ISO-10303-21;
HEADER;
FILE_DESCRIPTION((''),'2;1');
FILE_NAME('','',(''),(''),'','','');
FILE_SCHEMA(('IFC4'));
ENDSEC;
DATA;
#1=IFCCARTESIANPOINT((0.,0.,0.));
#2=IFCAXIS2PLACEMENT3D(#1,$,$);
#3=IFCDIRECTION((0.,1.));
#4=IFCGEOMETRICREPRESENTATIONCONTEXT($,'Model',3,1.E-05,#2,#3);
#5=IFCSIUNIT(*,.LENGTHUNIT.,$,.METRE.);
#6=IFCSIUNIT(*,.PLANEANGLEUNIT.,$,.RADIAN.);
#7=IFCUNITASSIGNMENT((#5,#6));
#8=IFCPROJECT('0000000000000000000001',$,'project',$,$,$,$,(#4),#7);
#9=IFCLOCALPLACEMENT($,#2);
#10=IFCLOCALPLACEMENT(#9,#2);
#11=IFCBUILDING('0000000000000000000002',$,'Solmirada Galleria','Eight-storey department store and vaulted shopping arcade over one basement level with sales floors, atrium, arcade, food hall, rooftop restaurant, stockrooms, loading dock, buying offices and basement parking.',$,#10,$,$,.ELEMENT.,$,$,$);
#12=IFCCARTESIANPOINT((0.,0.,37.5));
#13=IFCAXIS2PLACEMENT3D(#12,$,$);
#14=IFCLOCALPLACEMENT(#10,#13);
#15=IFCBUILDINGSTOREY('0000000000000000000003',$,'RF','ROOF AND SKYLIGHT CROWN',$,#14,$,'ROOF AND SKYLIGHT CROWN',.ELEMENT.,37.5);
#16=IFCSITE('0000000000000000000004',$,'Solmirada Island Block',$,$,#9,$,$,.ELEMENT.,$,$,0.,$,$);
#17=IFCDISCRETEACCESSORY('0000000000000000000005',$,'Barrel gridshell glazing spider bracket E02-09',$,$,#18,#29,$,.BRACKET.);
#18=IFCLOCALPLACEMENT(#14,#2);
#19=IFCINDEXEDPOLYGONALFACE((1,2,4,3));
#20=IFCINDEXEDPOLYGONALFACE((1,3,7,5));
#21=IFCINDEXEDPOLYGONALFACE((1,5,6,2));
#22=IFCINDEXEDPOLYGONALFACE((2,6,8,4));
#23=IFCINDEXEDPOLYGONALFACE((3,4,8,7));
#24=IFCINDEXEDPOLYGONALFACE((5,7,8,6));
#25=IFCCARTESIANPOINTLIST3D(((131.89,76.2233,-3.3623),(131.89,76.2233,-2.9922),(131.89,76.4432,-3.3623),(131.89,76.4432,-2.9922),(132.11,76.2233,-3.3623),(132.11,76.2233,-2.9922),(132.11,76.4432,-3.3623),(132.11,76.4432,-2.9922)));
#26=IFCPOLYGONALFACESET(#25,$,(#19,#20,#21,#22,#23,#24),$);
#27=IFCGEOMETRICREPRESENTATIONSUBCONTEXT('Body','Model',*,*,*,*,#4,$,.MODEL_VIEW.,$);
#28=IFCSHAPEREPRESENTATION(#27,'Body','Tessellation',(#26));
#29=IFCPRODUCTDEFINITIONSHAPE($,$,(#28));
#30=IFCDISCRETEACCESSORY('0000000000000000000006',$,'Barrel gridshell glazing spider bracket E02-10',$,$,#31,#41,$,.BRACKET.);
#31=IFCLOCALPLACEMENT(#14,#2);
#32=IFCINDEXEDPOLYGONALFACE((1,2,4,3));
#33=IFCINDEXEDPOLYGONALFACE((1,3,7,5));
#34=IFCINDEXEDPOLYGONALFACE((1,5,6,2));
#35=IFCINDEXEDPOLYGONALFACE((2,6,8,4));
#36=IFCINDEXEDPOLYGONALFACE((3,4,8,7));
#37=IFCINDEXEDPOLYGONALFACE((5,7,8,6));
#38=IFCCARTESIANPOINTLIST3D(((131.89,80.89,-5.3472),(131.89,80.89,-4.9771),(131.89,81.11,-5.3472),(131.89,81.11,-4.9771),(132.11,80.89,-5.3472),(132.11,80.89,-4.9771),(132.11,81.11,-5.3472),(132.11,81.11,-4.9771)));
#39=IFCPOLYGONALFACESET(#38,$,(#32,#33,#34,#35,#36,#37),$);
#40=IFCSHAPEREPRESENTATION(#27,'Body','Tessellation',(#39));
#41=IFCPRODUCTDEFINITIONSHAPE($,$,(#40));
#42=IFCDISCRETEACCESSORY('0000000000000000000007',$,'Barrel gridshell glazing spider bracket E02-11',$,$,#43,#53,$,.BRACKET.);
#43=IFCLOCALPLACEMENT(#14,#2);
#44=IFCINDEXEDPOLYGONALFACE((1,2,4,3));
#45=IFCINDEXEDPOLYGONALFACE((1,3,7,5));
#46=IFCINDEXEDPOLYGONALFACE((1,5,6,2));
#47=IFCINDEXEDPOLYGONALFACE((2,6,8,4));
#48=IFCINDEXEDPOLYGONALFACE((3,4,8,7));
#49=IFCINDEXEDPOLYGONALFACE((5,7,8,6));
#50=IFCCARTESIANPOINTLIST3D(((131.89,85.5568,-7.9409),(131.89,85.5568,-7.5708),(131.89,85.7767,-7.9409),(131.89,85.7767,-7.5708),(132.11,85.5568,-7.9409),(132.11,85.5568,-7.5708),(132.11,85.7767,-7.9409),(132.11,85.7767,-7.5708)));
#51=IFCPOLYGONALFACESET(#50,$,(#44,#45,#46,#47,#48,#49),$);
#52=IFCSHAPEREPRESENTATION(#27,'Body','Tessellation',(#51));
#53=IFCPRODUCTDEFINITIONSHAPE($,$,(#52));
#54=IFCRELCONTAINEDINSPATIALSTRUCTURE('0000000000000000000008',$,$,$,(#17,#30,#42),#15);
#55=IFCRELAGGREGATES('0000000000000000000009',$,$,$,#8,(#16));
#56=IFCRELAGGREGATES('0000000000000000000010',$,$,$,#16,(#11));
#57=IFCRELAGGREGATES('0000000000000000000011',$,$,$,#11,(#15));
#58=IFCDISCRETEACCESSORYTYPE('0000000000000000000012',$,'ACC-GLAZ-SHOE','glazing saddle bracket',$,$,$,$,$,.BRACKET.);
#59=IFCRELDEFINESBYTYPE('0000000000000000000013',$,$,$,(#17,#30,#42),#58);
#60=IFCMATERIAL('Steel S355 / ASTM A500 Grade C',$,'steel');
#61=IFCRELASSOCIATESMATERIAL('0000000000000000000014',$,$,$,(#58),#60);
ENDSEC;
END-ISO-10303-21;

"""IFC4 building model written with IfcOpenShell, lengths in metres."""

from ifc_helpers import new_model, si_unit, direction, frame, origin, origin_2d, place, context, subcontext, project, spatial, rectangle, extrude, material, type_object, element, save


model = new_model("IFC4")

# Units and contexts
model_context = context("Model", 3, precision=1e-05, world=origin(), true_north=direction((0.0, 1.0)))
body_context = subcontext(model_context, "Body", "Model", "MODEL_VIEW")
ifc_project = project(units=[si_unit("LENGTHUNIT", "METRE"), si_unit("PLANEANGLEUNIT", "RADIAN")], contexts=[model_context])

# Site, building, storey
site_placement = place(None, origin())
site = spatial("IfcSite", under=ifc_project, at=site_placement, Name="Solmirada Island Block", CompositionType="ELEMENT", RefElevation=0.0)
building_placement = place(site_placement, origin())
building = spatial("IfcBuilding", under=site, at=building_placement, Name="Solmirada Galleria", Description="Eight-storey department store and vaulted shopping arcade over one basement level with sales floors, atrium, arcade, food hall, rooftop restaurant, stockrooms, loading dock, buying offices and basement parking.", CompositionType="ELEMENT")
storey_placement = place(building_placement, frame((0.0, 0.0, 37.5)))
storey = spatial("IfcBuildingStorey", under=building, at=storey_placement, Name="RF", Description="ROOF AND SKYLIGHT CROWN", LongName="ROOF AND SKYLIGHT CROWN", CompositionType="ELEMENT", Elevation=37.5)

# Shared definitions
ifc_material_1 = material(Name="Steel S355 / ASTM A500 Grade C", Category="steel")

# Discrete accessories
discrete_accessory_type = type_object("IfcDiscreteAccessoryType", Name="ACC-GLAZ-SHOE", Description="glazing saddle bracket", PredefinedType="BRACKET", material=ifc_material_1)
for number, where, z_axis, x_axis, name in (
    (1, (132.0, 76.3333, -3.3623), (0.0, 0.0, 1.0), (1.0, 0.0, 0.0), "Barrel gridshell glazing spider bracket E02-09"),
    (2, (132.0, 81.0, -5.3472), (0.0, 0.0, 1.0), (1.0, 0.0, 0.0), "Barrel gridshell glazing spider bracket E02-10"),
    (3, (132.0, 85.6667, -7.9409), (0.0, 0.0, 1.0), (1.0, 0.0, 0.0), "Barrel gridshell glazing spider bracket E02-11"),
):
    element("IfcDiscreteAccessory", number, at=place(storey_placement, frame(where, z_axis=z_axis, x_axis=x_axis)), inside=storey, type_object=discrete_accessory_type, Name=name, PredefinedType="BRACKET", context=body_context, shape_type="SweptSolid", body=[
        extrude(rectangle(XDim=0.22, YDim=0.22, at=origin_2d()), origin(), (0.0, 0.0, 1.0), 0.3701),
    ])

save(model, "model.ifc")
